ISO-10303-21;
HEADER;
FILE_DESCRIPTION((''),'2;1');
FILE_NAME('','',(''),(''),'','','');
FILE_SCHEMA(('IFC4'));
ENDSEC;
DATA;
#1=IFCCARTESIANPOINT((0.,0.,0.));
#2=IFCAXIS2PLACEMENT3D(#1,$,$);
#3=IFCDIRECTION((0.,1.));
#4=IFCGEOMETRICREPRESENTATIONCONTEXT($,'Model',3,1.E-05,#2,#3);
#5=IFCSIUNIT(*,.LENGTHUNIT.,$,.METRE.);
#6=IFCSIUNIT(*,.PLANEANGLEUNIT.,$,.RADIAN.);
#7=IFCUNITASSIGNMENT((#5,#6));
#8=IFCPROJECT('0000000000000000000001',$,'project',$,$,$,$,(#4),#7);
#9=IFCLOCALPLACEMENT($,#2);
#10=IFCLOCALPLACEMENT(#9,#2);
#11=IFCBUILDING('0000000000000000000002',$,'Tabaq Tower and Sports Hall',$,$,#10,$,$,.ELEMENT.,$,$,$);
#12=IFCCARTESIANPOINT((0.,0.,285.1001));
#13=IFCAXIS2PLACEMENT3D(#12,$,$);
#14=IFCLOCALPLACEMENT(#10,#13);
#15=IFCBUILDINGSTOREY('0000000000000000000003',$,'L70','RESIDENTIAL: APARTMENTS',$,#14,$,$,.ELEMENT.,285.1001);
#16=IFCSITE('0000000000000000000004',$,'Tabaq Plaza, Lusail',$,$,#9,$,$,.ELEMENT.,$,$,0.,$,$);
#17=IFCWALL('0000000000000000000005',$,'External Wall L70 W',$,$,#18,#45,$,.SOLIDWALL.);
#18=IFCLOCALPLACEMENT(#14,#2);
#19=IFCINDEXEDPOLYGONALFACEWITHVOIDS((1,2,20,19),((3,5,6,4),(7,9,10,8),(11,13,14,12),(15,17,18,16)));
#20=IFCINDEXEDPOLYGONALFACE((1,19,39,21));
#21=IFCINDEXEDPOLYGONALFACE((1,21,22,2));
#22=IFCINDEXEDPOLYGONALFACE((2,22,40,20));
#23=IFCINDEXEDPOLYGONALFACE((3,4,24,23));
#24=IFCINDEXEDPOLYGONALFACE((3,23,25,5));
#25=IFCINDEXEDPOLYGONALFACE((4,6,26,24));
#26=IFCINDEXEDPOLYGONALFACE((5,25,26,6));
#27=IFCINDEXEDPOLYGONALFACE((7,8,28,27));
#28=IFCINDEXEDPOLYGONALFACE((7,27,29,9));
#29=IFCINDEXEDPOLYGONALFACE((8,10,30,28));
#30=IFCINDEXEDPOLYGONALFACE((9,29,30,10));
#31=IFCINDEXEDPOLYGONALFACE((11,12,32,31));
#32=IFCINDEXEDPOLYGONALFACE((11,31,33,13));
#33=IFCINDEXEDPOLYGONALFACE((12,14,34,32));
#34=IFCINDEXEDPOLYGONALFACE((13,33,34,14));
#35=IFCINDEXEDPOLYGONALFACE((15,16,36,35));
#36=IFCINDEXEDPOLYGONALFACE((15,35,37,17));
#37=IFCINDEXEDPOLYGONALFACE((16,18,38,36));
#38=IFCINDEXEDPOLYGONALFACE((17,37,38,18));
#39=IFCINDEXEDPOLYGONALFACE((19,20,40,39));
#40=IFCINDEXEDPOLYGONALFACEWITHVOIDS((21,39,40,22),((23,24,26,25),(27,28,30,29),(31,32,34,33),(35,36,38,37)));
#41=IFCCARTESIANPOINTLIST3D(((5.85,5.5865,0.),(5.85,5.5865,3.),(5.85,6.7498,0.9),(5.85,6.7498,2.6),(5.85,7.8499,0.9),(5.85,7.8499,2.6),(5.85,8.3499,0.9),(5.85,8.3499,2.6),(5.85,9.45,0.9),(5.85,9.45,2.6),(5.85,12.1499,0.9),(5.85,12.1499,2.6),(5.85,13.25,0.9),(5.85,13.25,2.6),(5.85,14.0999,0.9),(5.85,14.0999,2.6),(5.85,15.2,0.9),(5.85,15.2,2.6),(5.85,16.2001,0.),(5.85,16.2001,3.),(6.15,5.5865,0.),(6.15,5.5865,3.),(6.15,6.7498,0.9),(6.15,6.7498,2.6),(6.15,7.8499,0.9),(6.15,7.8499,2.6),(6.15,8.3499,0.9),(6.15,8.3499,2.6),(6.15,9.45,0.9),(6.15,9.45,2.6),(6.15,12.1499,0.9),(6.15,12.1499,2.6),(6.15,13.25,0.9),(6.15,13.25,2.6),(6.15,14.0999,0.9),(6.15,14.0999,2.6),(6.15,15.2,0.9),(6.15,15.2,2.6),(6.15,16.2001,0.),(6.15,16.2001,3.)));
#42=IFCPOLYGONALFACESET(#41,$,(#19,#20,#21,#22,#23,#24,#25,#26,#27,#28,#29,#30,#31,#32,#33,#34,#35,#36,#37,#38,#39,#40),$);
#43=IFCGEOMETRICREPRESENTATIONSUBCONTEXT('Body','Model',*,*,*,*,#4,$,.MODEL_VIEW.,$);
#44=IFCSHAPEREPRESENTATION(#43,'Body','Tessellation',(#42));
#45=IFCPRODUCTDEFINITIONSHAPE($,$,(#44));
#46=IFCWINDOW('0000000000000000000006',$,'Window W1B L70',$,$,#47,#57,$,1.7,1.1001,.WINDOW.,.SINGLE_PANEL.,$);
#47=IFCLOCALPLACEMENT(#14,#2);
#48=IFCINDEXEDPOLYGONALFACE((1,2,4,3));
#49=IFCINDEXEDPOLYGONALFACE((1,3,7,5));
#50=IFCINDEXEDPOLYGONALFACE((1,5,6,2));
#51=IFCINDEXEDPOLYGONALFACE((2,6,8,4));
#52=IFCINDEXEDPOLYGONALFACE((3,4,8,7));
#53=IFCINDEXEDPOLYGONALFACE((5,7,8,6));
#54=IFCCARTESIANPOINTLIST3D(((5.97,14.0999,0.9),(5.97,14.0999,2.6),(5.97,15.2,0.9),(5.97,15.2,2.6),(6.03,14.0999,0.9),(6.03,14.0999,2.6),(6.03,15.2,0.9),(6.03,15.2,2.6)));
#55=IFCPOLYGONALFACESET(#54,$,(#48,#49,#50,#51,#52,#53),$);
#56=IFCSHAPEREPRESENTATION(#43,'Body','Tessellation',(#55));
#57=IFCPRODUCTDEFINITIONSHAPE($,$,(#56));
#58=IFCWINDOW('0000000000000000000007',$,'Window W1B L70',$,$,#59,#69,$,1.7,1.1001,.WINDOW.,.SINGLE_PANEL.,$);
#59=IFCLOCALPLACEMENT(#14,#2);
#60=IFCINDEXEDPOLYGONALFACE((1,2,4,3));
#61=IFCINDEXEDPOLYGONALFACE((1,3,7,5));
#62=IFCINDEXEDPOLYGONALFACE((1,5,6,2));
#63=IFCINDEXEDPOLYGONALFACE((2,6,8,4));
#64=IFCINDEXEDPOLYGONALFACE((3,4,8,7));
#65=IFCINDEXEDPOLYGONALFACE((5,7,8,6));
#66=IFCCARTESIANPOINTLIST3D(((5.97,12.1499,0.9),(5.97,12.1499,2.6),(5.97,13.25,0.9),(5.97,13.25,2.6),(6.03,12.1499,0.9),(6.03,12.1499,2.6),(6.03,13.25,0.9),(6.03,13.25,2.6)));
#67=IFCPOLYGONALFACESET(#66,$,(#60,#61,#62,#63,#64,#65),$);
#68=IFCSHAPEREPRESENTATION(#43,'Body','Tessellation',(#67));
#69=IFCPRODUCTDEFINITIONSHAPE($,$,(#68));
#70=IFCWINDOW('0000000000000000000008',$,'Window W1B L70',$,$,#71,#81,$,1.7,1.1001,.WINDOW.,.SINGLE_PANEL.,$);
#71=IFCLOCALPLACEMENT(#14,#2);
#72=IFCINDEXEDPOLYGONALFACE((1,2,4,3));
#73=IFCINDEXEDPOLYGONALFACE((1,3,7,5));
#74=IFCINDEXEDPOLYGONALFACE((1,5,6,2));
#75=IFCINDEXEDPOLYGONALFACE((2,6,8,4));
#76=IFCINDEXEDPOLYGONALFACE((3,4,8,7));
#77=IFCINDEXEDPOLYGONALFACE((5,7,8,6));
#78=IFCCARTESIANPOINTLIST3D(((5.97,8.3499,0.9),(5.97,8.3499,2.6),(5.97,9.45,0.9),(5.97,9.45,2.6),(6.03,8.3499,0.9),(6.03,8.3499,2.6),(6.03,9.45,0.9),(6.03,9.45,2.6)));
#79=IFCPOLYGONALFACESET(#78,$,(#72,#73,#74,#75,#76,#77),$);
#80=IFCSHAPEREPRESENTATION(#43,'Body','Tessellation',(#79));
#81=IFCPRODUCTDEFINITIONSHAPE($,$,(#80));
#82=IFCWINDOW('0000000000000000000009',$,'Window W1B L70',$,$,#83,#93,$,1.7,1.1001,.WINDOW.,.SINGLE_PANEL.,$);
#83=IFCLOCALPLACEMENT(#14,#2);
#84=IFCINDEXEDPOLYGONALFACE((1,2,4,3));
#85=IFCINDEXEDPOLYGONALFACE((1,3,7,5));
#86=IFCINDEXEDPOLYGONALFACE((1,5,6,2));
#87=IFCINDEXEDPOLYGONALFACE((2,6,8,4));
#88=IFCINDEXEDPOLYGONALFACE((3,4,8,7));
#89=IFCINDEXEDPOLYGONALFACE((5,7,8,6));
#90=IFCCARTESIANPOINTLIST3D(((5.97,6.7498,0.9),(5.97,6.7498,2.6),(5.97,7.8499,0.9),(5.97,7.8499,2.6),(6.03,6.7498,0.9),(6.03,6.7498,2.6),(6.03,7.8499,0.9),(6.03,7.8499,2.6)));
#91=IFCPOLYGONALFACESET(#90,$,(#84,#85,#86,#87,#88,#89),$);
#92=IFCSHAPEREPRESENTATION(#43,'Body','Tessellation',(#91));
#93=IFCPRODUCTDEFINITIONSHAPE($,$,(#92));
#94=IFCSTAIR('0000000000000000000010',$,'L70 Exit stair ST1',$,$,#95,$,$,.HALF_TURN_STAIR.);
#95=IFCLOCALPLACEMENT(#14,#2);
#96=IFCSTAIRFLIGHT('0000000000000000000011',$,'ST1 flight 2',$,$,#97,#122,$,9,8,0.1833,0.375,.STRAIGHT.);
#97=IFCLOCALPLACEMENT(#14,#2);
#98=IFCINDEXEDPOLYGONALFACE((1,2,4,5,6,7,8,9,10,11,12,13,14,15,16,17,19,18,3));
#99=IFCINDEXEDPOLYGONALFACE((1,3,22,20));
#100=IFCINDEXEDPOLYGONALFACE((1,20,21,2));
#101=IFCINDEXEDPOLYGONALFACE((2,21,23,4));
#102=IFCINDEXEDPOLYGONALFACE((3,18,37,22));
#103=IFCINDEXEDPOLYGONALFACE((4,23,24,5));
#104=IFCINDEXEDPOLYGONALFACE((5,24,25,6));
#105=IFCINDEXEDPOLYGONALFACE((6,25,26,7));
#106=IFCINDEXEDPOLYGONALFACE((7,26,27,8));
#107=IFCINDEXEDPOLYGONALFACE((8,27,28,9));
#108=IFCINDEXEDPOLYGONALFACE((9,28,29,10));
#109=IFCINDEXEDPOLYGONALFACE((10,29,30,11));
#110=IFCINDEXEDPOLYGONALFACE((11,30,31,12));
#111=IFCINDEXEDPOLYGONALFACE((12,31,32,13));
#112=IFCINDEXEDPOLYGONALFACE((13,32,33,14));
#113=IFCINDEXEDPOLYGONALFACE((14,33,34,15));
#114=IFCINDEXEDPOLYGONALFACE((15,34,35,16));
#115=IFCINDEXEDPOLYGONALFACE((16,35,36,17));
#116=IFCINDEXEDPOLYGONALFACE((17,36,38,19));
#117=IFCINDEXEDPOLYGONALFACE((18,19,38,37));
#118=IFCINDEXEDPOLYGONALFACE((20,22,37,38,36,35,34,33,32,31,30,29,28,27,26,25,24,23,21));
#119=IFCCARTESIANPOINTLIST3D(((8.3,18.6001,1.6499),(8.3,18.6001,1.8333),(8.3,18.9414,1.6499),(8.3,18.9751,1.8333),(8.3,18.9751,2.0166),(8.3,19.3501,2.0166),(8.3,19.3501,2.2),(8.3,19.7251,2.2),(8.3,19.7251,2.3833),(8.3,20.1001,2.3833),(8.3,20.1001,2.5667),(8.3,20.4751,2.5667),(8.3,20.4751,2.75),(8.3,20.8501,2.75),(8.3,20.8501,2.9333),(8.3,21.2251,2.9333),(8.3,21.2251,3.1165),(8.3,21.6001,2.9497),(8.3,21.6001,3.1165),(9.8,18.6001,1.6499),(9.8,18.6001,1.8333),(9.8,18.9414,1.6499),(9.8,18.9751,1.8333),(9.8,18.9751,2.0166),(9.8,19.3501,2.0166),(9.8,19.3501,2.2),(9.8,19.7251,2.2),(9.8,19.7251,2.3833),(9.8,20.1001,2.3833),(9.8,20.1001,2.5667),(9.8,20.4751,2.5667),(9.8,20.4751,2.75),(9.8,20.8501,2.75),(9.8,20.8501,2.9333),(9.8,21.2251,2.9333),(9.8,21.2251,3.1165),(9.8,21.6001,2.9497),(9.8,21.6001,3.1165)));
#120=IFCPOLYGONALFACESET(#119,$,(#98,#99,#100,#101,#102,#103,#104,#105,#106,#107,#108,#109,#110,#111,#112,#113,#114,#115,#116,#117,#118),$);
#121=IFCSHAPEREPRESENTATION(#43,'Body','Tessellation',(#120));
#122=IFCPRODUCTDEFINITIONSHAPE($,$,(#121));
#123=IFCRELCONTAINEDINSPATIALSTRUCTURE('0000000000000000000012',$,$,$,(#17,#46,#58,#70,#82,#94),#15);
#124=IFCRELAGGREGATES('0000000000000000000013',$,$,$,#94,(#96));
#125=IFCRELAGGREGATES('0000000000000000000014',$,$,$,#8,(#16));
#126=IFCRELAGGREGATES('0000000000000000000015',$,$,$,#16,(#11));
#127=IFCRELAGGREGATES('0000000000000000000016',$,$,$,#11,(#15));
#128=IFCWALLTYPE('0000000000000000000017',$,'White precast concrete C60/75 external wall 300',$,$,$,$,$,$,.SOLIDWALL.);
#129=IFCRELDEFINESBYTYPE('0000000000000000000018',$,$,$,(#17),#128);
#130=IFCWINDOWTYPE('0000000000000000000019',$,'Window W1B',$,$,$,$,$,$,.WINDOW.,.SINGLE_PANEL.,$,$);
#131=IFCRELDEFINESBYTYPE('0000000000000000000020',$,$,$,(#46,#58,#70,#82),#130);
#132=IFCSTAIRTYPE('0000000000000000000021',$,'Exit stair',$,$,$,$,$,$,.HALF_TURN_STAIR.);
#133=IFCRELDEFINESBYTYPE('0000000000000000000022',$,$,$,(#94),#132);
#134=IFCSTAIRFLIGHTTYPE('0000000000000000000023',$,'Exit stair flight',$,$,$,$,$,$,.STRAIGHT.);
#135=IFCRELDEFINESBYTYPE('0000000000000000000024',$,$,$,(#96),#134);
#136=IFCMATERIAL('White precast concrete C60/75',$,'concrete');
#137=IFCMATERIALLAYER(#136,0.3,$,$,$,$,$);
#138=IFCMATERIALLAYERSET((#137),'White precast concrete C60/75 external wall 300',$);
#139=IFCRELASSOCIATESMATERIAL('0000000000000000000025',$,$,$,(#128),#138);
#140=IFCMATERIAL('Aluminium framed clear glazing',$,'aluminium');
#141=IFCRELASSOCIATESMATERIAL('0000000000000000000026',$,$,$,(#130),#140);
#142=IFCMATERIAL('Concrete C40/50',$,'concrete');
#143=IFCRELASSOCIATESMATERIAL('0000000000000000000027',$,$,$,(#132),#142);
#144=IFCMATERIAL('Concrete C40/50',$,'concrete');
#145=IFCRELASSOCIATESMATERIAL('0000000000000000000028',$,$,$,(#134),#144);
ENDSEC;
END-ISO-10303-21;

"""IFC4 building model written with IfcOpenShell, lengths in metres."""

from ifc_helpers import new_model, si_unit, direction, frame, frame_2d, origin, place, context, subcontext, project, spatial, polyline, rectangle, outline, extrude, material, layer, layer_set, type_object, element, fill, aggregate, save


model = new_model("IFC4")

# Units and contexts
model_context = context("Model", 3, precision=1e-05, world=origin(), true_north=direction((0.0, 1.0)))
body_context = subcontext(model_context, "Body", "Model", "MODEL_VIEW")
ifc_project = project(units=[si_unit("LENGTHUNIT", "METRE"), si_unit("PLANEANGLEUNIT", "RADIAN")], contexts=[model_context])

# Site, building, storey
site_placement = place(None, origin())
site = spatial("IfcSite", under=ifc_project, at=site_placement, Name="Tabaq Plaza, Lusail", CompositionType="ELEMENT", RefElevation=0.0)
building_placement = place(site_placement, origin())
building = spatial("IfcBuilding", under=site, at=building_placement, Name="Tabaq Tower and Sports Hall", CompositionType="ELEMENT")
storey_placement = place(building_placement, frame((0.0, 0.0, 285.1001)))
storey = spatial("IfcBuildingStorey", under=building, at=storey_placement, Name="L70", Description="RESIDENTIAL: APARTMENTS", CompositionType="ELEMENT", Elevation=285.1001)

# Wall, openings, windows
ifc_material_1 = material(Name="White precast concrete C60/75", Category="concrete")
ifc_layer_1 = layer(ifc_material_1, 0.3)
ifc_layer_set_1 = layer_set([ifc_layer_1], Name="White precast concrete C60/75 external wall 300")
wall_type_1 = type_object("IfcWallType", Name="White precast concrete C60/75 external wall 300", PredefinedType="SOLIDWALL", material=ifc_layer_set_1)
wall_1_placement = place(storey_placement, frame((6.0, 16.2, 0.0), z_axis=(0.0, 0.0, 1.0), x_axis=(0.0, -1.0, 0.0)))
wall_1 = element("IfcWall", 1, at=wall_1_placement, inside=storey, type_object=wall_type_1, Name="External Wall L70 W", PredefinedType="SOLIDWALL", context=body_context, shape_type="SweptSolid", body=[
    extrude(rectangle(XDim=10.6135, YDim=0.3, at=frame_2d((5.3066, 0.0))), origin(), (0.0, 0.0, 1.0), 3.0),
])
opening_1_placement = place(wall_1_placement, frame((1.0, 0.0, 0.8999)))
opening_1 = element("IfcOpeningElement", 2, at=opening_1_placement, cuts=wall_1, PredefinedType="OPENING", context=body_context, shape_type="SweptSolid", body=[
    extrude(rectangle(XDim=1.1001, YDim=1.7, at=frame_2d((0.55, 0.8501))), frame((0.0, 0.1602, 0.0), z_axis=(0.0, -1.0, 0.0), x_axis=(1.0, 0.0, 0.0)), (0.0, 0.0, 1.0), 0.3201),
])
opening_2_placement = place(wall_1_placement, frame((2.95, 0.0, 0.8999)))
opening_2 = element("IfcOpeningElement", 3, at=opening_2_placement, cuts=wall_1, PredefinedType="OPENING", context=body_context, shape_type="SweptSolid", body=[
    extrude(rectangle(XDim=1.1001, YDim=1.7, at=frame_2d((0.55, 0.8501))), frame((0.0, 0.1602, 0.0), z_axis=(0.0, -1.0, 0.0), x_axis=(1.0, 0.0, 0.0)), (0.0, 0.0, 1.0), 0.3201),
])
opening_3_placement = place(wall_1_placement, frame((6.75, 0.0, 0.8999)))
opening_3 = element("IfcOpeningElement", 4, at=opening_3_placement, cuts=wall_1, PredefinedType="OPENING", context=body_context, shape_type="SweptSolid", body=[
    extrude(rectangle(XDim=1.1001, YDim=1.7, at=frame_2d((0.55, 0.8501))), frame((0.0, 0.1602, 0.0), z_axis=(0.0, -1.0, 0.0), x_axis=(1.0, 0.0, 0.0)), (0.0, 0.0, 1.0), 0.3201),
])
opening_4_placement = place(wall_1_placement, frame((8.3501, 0.0, 0.8999)))
opening_4 = element("IfcOpeningElement", 5, at=opening_4_placement, cuts=wall_1, PredefinedType="OPENING", context=body_context, shape_type="SweptSolid", body=[
    extrude(rectangle(XDim=1.1001, YDim=1.7, at=frame_2d((0.55, 0.8501))), frame((0.0, 0.1602, 0.0), z_axis=(0.0, -1.0, 0.0), x_axis=(1.0, 0.0, 0.0)), (0.0, 0.0, 1.0), 0.3201),
])
ifc_material_2 = material(Name="Aluminium framed clear glazing", Category="aluminium")
window_type = type_object("IfcWindowType", Name="Window W1B", PartitioningType="SINGLE_PANEL", PredefinedType="WINDOW", material=ifc_material_2)
window_1_placement = place(opening_1_placement, origin())
window_1 = element("IfcWindow", 6, at=window_1_placement, inside=storey, type_object=window_type, Name="Window W1B L70", OverallHeight=1.7, OverallWidth=1.1001, PartitioningType="SINGLE_PANEL", PredefinedType="WINDOW", context=body_context, shape_type="SweptSolid", body=[
    extrude(rectangle(XDim=1.1001, YDim=1.7, at=frame_2d((0.55, 0.8501))), frame((0.0, 0.03, 0.0), z_axis=(0.0, -1.0, 0.0), x_axis=(1.0, 0.0, 0.0)), (0.0, 0.0, 1.0), 0.0601),
])
fill(opening_1, window_1)
window_2_placement = place(opening_2_placement, origin())
window_2 = element("IfcWindow", 7, at=window_2_placement, inside=storey, type_object=window_type, Name="Window W1B L70", OverallHeight=1.7, OverallWidth=1.1001, PartitioningType="SINGLE_PANEL", PredefinedType="WINDOW", context=body_context, shape_type="SweptSolid", body=[
    extrude(rectangle(XDim=1.1001, YDim=1.7, at=frame_2d((0.55, 0.8501))), frame((0.0, 0.03, 0.0), z_axis=(0.0, -1.0, 0.0), x_axis=(1.0, 0.0, 0.0)), (0.0, 0.0, 1.0), 0.0601),
])
fill(opening_2, window_2)
window_3_placement = place(opening_3_placement, origin())
window_3 = element("IfcWindow", 8, at=window_3_placement, inside=storey, type_object=window_type, Name="Window W1B L70", OverallHeight=1.7, OverallWidth=1.1001, PartitioningType="SINGLE_PANEL", PredefinedType="WINDOW", context=body_context, shape_type="SweptSolid", body=[
    extrude(rectangle(XDim=1.1001, YDim=1.7, at=frame_2d((0.55, 0.8501))), frame((0.0, 0.03, 0.0), z_axis=(0.0, -1.0, 0.0), x_axis=(1.0, 0.0, 0.0)), (0.0, 0.0, 1.0), 0.0601),
])
fill(opening_3, window_3)
window_4_placement = place(opening_4_placement, origin())
window_4 = element("IfcWindow", 9, at=window_4_placement, inside=storey, type_object=window_type, Name="Window W1B L70", OverallHeight=1.7, OverallWidth=1.1001, PartitioningType="SINGLE_PANEL", PredefinedType="WINDOW", context=body_context, shape_type="SweptSolid", body=[
    extrude(rectangle(XDim=1.1001, YDim=1.7, at=frame_2d((0.55, 0.8501))), frame((0.0, 0.03, 0.0), z_axis=(0.0, -1.0, 0.0), x_axis=(1.0, 0.0, 0.0)), (0.0, 0.0, 1.0), 0.0601),
])
fill(opening_4, window_4)

# Stair, stair flight
ifc_material_3 = material(Name="Concrete C40/50", Category="concrete")
stair_type = type_object("IfcStairType", Name="Exit stair", PredefinedType="HALF_TURN_STAIR", material=ifc_material_3)
stair_placement = place(storey_placement, origin())
stair = element("IfcStair", 10, at=stair_placement, inside=storey, type_object=stair_type, Name="L70 Exit stair ST1", PredefinedType="HALF_TURN_STAIR")
ifc_material_4 = material(Name="Concrete C40/50", Category="concrete")
stair_flight_type = type_object("IfcStairFlightType", Name="Exit stair flight", PredefinedType="STRAIGHT", material=ifc_material_4)
stair_flight_placement = place(storey_placement, frame((9.05, 18.6001, 1.6499), z_axis=(0.0, 0.0, 1.0), x_axis=(0.0, 1.0, 0.0)))
stair_flight = element("IfcStairFlight", 11, at=stair_flight_placement, type_object=stair_flight_type, Name="ST1 flight 2", NumberOfRisers=9, NumberOfTreads=8, PredefinedType="STRAIGHT", RiserHeight=0.1833, TreadLength=0.375, context=body_context, shape_type="SweptSolid", body=[
    extrude(outline(polyline([(0.0, 0.0), (0.0, 0.1833), (0.375, 0.1833), (0.375, 0.3667), (0.75, 0.3667), (0.75, 0.55), (1.125, 0.55), (1.125, 0.7334), (1.5, 0.7334), (1.5, 0.9167), (1.875, 0.9167), (1.875, 1.1001), (2.25, 1.1001), (2.25, 1.2834), (2.625, 1.2834), (2.625, 1.4666), (3.0, 1.4666), (3.0, 1.6499), (3.0, 1.2998), (0.3413, 0.0), (0.0, 0.0)])), frame((0.0, 0.75, 0.0), z_axis=(0.0, -1.0, 0.0), x_axis=(1.0, 0.0, 0.0)), (0.0, 0.0, 1.0), 1.5),
])
aggregate(stair, [stair_flight])

save(model, "model.ifc")
